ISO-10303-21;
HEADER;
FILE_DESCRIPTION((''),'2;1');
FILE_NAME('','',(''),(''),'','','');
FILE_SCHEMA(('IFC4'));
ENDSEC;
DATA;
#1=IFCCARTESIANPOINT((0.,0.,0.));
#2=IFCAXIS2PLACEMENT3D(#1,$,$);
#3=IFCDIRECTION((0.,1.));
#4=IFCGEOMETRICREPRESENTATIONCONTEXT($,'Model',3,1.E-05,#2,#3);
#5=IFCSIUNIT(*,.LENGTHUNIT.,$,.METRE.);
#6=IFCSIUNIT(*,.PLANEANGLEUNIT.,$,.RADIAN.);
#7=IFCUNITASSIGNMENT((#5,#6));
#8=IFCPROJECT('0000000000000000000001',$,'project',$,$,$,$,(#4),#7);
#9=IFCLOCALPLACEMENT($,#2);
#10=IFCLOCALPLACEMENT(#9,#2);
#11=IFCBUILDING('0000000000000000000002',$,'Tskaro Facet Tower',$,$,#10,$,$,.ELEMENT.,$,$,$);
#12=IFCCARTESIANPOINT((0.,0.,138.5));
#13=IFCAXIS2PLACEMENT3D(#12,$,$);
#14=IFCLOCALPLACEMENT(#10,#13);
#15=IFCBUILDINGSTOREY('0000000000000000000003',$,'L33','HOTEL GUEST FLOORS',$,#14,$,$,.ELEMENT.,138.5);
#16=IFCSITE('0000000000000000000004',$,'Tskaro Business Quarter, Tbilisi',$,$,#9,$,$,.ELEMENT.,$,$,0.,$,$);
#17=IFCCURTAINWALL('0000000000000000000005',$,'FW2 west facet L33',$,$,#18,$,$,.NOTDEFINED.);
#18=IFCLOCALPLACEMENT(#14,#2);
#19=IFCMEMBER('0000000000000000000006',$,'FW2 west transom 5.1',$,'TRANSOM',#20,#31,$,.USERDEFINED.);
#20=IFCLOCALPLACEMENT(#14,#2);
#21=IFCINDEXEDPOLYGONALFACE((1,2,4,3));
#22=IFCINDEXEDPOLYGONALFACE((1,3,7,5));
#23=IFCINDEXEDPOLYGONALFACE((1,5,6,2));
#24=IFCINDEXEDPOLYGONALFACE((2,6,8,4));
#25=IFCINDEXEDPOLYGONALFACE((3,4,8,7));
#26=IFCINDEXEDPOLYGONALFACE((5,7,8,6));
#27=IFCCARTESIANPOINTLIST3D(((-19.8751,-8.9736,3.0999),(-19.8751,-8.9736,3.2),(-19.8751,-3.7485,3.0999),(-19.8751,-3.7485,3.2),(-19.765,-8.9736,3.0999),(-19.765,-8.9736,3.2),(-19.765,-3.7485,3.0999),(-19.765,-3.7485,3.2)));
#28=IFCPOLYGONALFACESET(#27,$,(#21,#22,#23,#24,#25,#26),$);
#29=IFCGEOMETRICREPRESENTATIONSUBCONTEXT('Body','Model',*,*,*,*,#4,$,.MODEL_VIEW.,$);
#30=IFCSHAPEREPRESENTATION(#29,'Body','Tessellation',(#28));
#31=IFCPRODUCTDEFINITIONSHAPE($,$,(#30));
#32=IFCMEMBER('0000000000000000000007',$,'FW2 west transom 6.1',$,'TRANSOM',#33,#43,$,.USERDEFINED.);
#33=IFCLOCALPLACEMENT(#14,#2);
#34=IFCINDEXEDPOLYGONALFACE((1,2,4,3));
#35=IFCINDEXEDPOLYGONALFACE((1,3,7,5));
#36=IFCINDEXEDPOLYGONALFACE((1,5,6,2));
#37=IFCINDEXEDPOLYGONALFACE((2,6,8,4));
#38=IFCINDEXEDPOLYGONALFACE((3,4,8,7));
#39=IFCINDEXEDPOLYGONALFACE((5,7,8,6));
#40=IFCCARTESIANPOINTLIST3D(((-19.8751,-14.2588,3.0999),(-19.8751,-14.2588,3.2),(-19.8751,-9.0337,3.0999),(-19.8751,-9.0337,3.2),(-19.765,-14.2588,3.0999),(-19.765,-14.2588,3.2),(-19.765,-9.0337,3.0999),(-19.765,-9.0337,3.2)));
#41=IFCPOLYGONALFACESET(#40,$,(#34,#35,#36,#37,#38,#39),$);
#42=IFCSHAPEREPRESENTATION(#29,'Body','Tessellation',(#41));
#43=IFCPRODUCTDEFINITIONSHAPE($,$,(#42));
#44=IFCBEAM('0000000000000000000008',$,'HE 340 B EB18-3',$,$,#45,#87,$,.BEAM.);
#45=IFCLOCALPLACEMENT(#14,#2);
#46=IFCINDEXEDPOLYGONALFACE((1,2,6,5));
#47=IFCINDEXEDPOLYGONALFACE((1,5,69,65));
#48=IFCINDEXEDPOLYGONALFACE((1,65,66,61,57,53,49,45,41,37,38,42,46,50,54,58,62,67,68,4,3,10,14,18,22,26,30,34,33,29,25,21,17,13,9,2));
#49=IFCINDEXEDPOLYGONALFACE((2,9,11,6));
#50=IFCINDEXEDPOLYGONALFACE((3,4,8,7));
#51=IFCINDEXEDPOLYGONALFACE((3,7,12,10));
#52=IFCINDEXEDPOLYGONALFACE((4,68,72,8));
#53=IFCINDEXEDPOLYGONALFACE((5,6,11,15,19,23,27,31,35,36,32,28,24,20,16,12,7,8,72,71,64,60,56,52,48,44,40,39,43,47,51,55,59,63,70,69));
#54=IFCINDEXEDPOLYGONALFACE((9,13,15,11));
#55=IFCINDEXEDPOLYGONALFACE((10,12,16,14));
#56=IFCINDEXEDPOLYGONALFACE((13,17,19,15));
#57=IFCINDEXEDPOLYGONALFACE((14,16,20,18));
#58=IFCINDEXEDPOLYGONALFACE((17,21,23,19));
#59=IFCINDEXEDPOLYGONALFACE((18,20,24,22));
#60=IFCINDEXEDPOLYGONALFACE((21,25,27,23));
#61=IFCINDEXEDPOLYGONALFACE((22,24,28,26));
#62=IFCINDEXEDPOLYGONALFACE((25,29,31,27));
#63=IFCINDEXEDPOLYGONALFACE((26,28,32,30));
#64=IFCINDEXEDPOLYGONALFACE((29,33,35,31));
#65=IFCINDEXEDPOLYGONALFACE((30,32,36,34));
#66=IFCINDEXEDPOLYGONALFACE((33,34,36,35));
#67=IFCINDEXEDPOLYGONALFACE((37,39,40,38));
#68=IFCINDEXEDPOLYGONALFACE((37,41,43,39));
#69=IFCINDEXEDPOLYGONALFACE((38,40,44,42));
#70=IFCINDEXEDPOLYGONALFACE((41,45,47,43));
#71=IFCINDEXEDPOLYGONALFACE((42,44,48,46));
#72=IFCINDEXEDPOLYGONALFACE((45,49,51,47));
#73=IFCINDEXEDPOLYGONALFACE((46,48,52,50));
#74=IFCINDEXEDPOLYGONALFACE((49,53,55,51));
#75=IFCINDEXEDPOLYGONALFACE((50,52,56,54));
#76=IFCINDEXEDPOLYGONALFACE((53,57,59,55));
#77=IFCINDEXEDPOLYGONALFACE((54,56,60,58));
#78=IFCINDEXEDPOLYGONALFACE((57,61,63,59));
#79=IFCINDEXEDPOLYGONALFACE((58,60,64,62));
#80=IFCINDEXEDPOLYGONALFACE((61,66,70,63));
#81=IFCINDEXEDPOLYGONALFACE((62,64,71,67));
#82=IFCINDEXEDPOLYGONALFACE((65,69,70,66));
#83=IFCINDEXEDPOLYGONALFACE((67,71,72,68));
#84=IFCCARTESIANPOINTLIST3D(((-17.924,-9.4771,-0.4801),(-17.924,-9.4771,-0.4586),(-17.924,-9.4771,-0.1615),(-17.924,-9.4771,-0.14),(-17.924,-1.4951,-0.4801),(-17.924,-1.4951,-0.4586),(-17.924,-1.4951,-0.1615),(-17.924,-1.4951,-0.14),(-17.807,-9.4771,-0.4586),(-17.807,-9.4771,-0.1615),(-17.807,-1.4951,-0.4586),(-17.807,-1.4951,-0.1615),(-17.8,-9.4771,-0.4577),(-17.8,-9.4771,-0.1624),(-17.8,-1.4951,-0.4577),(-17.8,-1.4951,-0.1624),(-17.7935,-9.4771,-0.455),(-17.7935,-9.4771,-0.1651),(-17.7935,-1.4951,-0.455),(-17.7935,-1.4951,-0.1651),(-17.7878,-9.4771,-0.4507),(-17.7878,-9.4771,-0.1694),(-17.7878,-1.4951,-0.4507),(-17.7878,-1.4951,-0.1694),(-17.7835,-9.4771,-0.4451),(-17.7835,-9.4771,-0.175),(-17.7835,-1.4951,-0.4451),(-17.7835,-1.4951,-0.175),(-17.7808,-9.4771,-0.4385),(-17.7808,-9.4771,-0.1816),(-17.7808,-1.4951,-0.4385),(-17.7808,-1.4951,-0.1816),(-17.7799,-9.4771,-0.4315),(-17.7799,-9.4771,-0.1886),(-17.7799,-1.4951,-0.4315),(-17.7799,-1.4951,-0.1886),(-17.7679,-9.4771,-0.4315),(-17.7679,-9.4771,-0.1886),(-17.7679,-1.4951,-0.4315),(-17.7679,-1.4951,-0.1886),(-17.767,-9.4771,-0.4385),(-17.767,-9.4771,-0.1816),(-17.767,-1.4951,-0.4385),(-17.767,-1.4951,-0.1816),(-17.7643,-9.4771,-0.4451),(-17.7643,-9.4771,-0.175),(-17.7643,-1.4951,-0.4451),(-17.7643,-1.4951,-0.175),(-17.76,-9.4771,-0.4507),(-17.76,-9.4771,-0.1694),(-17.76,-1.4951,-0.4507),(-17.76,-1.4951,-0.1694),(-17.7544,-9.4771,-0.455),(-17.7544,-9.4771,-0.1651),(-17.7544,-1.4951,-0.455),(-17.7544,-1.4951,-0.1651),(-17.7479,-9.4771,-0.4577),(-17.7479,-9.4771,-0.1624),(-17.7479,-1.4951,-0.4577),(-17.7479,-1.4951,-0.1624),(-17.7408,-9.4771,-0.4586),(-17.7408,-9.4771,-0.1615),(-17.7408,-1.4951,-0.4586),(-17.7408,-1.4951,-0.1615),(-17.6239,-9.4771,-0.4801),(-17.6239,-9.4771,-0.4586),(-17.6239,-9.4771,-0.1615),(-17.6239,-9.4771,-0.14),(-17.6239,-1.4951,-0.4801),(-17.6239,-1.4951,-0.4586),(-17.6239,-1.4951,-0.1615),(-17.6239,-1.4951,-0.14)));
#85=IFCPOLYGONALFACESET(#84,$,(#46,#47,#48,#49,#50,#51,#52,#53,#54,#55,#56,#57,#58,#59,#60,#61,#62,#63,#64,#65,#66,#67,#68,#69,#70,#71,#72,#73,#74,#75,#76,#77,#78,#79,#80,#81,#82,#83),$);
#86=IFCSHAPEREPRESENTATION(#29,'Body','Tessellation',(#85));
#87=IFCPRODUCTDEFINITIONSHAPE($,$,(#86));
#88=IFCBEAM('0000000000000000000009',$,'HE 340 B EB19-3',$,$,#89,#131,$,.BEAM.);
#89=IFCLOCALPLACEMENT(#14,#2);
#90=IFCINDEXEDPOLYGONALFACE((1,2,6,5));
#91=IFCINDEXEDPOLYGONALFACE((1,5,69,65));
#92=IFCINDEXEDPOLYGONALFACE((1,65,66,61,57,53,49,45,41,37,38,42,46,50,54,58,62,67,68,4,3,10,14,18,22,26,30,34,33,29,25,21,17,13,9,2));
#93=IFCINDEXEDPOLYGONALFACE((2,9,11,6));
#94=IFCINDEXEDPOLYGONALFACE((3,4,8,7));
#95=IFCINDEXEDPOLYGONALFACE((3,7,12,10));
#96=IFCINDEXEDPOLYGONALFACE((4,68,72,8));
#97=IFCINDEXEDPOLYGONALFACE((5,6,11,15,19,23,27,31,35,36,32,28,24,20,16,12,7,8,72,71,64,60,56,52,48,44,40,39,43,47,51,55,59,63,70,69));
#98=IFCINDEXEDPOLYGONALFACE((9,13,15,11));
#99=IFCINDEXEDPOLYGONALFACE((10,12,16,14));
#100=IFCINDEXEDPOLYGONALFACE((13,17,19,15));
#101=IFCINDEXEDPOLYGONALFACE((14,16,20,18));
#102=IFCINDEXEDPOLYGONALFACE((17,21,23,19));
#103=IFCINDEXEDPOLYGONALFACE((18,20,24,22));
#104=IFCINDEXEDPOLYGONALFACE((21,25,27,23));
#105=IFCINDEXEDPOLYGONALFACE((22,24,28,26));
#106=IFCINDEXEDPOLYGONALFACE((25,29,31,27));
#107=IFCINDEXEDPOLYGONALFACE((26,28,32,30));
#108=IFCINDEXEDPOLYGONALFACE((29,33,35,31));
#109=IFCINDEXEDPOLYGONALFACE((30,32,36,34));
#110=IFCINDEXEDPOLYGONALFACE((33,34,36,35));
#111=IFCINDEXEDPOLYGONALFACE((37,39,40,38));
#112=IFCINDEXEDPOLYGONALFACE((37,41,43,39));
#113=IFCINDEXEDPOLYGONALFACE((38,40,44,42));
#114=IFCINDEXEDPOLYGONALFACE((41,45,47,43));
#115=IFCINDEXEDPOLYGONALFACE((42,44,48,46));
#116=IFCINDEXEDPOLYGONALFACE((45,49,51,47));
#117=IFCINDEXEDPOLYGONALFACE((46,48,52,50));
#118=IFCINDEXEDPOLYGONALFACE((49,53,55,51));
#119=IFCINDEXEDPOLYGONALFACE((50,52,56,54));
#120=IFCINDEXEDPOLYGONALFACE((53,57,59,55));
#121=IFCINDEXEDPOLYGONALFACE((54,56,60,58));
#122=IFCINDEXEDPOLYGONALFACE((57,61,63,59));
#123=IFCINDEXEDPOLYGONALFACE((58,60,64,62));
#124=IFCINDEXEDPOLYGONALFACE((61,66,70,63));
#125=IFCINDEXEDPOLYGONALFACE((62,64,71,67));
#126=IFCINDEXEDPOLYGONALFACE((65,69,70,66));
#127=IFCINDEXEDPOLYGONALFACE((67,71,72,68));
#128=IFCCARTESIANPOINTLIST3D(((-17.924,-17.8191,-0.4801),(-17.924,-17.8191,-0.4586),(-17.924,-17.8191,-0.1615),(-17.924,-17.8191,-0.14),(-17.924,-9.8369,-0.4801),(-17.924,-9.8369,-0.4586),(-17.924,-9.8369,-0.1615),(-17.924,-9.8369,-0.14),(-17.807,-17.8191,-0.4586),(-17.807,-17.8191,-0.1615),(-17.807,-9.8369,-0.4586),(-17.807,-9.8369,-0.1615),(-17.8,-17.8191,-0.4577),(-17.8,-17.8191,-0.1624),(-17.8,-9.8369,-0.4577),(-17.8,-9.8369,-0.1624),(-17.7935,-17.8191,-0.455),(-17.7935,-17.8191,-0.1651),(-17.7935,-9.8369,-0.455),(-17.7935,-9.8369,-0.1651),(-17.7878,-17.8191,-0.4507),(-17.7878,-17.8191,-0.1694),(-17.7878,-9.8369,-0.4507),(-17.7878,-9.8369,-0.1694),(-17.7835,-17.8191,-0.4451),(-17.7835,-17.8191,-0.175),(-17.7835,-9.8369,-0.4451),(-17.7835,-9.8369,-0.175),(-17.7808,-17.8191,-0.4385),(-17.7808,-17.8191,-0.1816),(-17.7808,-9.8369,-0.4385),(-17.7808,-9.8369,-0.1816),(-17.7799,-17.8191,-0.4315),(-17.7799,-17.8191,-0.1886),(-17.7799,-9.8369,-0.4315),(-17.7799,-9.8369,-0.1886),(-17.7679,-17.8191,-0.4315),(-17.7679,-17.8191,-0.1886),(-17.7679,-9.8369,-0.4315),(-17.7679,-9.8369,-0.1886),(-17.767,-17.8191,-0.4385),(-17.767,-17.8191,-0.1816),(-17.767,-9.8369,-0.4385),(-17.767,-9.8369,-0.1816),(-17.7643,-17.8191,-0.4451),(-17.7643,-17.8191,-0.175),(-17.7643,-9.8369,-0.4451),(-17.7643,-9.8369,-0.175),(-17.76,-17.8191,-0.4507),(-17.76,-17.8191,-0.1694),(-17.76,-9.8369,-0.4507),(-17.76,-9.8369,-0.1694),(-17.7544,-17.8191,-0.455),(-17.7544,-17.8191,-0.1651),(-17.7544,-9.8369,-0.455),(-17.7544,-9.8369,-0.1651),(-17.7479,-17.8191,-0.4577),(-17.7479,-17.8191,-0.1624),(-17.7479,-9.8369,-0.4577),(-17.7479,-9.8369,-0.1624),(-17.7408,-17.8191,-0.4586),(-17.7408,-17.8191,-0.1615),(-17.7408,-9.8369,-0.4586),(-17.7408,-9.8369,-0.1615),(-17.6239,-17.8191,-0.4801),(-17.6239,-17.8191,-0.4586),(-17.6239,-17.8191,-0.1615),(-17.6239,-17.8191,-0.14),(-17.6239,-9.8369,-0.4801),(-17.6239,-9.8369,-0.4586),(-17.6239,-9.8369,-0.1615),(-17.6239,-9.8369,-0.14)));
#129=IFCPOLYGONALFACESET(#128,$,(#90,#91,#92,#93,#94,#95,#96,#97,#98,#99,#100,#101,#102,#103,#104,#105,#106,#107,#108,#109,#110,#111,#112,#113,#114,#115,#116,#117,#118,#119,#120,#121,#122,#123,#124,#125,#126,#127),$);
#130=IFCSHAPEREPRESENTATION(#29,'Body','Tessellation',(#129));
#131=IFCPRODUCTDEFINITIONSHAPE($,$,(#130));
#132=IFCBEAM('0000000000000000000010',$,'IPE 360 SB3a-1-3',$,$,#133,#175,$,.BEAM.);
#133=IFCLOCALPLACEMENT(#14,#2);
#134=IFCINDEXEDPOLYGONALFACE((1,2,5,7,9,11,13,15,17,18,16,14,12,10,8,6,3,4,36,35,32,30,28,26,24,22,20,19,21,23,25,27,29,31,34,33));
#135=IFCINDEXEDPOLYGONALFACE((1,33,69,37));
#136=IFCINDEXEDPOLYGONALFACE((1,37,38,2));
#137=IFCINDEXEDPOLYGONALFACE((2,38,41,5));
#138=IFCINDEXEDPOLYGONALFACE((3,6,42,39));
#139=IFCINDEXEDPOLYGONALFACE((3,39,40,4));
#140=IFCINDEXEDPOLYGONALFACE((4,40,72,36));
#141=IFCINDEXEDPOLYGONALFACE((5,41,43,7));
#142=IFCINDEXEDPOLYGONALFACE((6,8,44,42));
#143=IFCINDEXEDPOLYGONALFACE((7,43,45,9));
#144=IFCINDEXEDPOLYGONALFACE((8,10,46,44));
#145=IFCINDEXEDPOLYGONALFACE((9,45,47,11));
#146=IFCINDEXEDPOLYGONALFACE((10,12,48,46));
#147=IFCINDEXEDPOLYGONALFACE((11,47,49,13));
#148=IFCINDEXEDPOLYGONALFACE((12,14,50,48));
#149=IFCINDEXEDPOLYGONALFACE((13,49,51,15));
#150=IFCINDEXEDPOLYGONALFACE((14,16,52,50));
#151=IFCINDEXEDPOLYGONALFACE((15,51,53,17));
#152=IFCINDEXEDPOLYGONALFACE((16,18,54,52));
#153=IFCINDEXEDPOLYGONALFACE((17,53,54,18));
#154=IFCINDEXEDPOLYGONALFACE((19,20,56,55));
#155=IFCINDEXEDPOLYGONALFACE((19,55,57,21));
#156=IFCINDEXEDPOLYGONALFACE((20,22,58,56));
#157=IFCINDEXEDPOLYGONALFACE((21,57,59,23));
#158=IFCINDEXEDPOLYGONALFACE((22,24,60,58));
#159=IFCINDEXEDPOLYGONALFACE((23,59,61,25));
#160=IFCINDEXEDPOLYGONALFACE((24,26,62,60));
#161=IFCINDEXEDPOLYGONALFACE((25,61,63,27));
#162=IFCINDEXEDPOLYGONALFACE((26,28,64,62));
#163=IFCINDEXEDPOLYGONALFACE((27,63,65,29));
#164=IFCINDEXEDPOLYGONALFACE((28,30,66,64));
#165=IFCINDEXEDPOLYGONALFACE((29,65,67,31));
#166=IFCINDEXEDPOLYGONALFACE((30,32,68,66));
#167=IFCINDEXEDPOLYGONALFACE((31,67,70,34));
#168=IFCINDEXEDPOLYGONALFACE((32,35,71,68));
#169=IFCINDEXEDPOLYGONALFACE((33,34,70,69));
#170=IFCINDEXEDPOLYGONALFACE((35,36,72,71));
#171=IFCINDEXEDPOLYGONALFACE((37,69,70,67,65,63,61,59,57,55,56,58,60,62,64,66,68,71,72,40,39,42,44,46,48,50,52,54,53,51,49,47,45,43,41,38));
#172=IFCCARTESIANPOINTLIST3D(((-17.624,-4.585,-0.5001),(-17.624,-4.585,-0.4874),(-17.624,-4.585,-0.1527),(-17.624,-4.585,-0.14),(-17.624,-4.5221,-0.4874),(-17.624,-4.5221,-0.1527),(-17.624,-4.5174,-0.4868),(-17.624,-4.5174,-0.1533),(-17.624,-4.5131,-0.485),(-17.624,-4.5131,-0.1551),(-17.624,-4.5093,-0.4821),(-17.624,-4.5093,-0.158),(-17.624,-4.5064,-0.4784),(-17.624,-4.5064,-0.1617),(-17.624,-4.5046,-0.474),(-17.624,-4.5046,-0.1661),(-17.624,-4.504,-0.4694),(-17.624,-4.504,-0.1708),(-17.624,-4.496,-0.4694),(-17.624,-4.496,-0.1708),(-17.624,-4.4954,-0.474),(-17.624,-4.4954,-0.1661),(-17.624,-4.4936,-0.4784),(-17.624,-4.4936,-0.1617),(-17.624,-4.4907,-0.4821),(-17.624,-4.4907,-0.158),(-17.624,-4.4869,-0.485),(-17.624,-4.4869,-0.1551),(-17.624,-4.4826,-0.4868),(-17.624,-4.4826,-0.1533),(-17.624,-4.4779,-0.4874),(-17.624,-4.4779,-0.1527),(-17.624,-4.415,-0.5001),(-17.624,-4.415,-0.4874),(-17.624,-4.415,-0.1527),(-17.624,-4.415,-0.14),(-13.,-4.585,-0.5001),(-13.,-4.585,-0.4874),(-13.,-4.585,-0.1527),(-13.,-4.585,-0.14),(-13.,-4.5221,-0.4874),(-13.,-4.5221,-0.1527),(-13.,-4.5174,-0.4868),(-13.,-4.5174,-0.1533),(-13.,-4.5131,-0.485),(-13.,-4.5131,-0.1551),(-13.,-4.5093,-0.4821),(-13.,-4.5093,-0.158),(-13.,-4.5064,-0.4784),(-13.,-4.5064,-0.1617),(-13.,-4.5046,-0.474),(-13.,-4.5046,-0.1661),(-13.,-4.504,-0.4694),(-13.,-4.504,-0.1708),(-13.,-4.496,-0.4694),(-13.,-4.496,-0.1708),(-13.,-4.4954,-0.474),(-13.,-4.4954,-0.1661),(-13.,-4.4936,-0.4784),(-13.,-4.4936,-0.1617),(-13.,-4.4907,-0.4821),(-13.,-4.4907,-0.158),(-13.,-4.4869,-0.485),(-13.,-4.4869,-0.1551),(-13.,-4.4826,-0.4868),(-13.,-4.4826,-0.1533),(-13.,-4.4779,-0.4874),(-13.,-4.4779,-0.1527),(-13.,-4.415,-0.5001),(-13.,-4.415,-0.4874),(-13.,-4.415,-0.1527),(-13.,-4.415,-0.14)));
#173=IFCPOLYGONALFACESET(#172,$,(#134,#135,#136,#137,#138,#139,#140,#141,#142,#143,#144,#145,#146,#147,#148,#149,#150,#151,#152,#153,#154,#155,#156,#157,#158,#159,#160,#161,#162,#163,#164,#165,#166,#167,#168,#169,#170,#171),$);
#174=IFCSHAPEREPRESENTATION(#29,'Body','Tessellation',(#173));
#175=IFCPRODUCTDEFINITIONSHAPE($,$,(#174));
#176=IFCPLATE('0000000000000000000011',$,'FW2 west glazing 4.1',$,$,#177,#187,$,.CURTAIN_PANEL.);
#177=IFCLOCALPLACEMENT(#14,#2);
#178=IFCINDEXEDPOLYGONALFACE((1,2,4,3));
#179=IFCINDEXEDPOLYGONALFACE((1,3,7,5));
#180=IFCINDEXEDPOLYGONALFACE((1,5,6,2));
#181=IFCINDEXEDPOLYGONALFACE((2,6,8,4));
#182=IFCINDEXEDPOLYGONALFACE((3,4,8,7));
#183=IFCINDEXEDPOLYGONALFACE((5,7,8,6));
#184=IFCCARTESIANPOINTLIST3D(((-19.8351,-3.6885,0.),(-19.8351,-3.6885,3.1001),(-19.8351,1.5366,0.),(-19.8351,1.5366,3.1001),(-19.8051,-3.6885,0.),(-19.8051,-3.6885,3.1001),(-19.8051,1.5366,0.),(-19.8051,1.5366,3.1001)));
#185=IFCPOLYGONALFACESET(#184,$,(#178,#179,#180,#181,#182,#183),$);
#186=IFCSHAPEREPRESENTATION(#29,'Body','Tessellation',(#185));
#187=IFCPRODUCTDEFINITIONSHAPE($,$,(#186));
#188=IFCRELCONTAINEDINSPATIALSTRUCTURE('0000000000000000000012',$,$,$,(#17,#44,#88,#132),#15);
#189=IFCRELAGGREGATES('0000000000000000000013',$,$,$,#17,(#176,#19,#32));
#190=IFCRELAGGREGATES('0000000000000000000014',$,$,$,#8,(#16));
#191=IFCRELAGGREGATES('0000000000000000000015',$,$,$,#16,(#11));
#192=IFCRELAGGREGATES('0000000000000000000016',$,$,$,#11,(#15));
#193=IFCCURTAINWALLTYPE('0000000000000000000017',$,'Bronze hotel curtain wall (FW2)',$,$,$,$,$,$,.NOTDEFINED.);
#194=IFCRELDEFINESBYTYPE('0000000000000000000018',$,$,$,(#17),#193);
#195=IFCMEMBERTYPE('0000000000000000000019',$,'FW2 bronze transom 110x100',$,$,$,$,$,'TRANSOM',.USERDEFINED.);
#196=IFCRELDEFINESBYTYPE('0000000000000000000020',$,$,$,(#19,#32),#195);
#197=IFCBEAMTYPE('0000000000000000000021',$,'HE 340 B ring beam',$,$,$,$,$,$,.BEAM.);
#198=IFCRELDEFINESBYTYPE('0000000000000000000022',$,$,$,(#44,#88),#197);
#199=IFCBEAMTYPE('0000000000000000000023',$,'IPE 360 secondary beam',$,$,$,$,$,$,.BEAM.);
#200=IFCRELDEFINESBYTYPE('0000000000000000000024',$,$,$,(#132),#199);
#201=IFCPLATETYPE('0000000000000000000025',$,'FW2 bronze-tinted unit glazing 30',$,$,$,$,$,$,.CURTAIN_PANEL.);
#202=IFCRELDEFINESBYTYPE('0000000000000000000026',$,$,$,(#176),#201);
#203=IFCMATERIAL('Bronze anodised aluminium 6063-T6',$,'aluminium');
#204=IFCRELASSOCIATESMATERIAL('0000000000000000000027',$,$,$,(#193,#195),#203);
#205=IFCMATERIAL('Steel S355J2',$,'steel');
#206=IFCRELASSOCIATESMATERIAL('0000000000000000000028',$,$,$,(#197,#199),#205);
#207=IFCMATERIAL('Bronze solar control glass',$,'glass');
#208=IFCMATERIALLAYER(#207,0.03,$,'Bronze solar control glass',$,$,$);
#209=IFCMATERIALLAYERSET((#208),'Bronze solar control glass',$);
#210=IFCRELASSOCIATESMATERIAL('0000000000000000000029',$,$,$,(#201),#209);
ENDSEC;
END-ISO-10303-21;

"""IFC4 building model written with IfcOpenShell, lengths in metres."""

from ifc_helpers import new_model, si_unit, direction, frame, origin, origin_2d, place, context, subcontext, project, spatial, rectangle, i_section, extrude, material, layer, layer_set, material_profile, profile_set, type_object, element, aggregate, save


model = new_model("IFC4")

# Units and contexts
model_context = context("Model", 3, precision=1e-05, world=origin(), true_north=direction((0.0, 1.0)))
body_context = subcontext(model_context, "Body", "Model", "MODEL_VIEW")
ifc_project = project(units=[si_unit("LENGTHUNIT", "METRE"), si_unit("PLANEANGLEUNIT", "RADIAN")], contexts=[model_context])

# Site, building, storey
site_placement = place(None, origin())
site = spatial("IfcSite", under=ifc_project, at=site_placement, Name="Tskaro Business Quarter, Tbilisi", CompositionType="ELEMENT", RefElevation=0.0)
building_placement = place(site_placement, origin())
building = spatial("IfcBuilding", under=site, at=building_placement, Name="Tskaro Facet Tower", CompositionType="ELEMENT")
storey_placement = place(building_placement, frame((0.0, 0.0, 138.5)))
storey = spatial("IfcBuildingStorey", under=building, at=storey_placement, Name="L33", Description="HOTEL GUEST FLOORS", CompositionType="ELEMENT", Elevation=138.5)

# Curtain wall, members
ifc_material_1 = material(Name="Bronze anodised aluminium 6063-T6", Category="aluminium")
curtain_wall_type = type_object("IfcCurtainWallType", Name="Bronze hotel curtain wall (FW2)", PredefinedType="NOTDEFINED", material=ifc_material_1)
curtain_wall_placement = place(storey_placement, origin())
curtain_wall = element("IfcCurtainWall", 1, at=curtain_wall_placement, inside=storey, type_object=curtain_wall_type, Name="FW2 west facet L33", PredefinedType="NOTDEFINED")
ifc_material_profile_1 = material_profile(ifc_material_1, rectangle(XDim=0.1101, YDim=0.1001, at=origin_2d()), Name="Transom 110x100")
ifc_profile_set_1 = profile_set([ifc_material_profile_1], Name="Bronze anodised aluminium 6063-T6")
member_type_1 = type_object("IfcMemberType", Name="FW2 bronze transom 110x100", ElementType="TRANSOM", PredefinedType="USERDEFINED", material=ifc_profile_set_1)
member_1_placement = place(storey_placement, frame((-19.8201, -3.7485, 3.1499), z_axis=(0.0, -1.0, 0.0), x_axis=(1.0, 0.0, 0.0)))
member_1 = element("IfcMember", 2, at=member_1_placement, type_object=member_type_1, Name="FW2 west transom 5.1", ObjectType="TRANSOM", PredefinedType="USERDEFINED", context=body_context, shape_type="SweptSolid", body=[
    extrude(rectangle(XDim=0.1101, YDim=0.1001, at=origin_2d()), origin(), (0.0, 0.0, 1.0), 5.2251),
])
member_2_placement = place(storey_placement, frame((-19.8201, -9.0337, 3.1499), z_axis=(0.0, -1.0, 0.0), x_axis=(1.0, 0.0, 0.0)))
member_2 = element("IfcMember", 3, at=member_2_placement, type_object=member_type_1, Name="FW2 west transom 6.1", ObjectType="TRANSOM", PredefinedType="USERDEFINED", context=body_context, shape_type="SweptSolid", body=[
    extrude(rectangle(XDim=0.1101, YDim=0.1001, at=origin_2d()), origin(), (0.0, 0.0, 1.0), 5.2251),
])

# Beams
ifc_material_2 = material(Name="Steel S355J2", Category="steel")
ifc_material_profile_2 = material_profile(ifc_material_2, i_section(OverallWidth=0.3, OverallDepth=0.3401, WebThickness=0.012, FlangeThickness=0.0215, FilletRadius=0.0271, at=origin_2d()), Name="HE 340 B")
ifc_profile_set_2 = profile_set([ifc_material_profile_2], Name="Steel S355J2")
beam_type_1 = type_object("IfcBeamType", Name="HE 340 B ring beam", PredefinedType="BEAM", material=ifc_profile_set_2)
beam_1_placement = place(storey_placement, frame((-17.7739, -1.4951, -0.3101), z_axis=(0.0, -1.0, 0.0), x_axis=(1.0, 0.0, 0.0)))
element("IfcBeam", 4, at=beam_1_placement, inside=storey, type_object=beam_type_1, Name="HE 340 B EB18-3", PredefinedType="BEAM", context=body_context, shape_type="SweptSolid", body=[
    extrude(i_section(OverallWidth=0.3, OverallDepth=0.3401, WebThickness=0.012, FlangeThickness=0.0215, FilletRadius=0.0271, at=origin_2d()), origin(), (0.0, 0.0, 1.0), 7.9819),
])
beam_2_placement = place(storey_placement, frame((-17.7739, -9.8369, -0.3101), z_axis=(0.0, -1.0, 0.0), x_axis=(1.0, 0.0, 0.0)))
element("IfcBeam", 5, at=beam_2_placement, inside=storey, type_object=beam_type_1, Name="HE 340 B EB19-3", PredefinedType="BEAM", context=body_context, shape_type="SweptSolid", body=[
    extrude(i_section(OverallWidth=0.3, OverallDepth=0.3401, WebThickness=0.012, FlangeThickness=0.0215, FilletRadius=0.0271, at=origin_2d()), origin(), (0.0, 0.0, 1.0), 7.9822),
])
ifc_material_profile_3 = material_profile(ifc_material_2, i_section(OverallWidth=0.1699, OverallDepth=0.3601, WebThickness=0.0081, FlangeThickness=0.0127, FilletRadius=0.0181, at=origin_2d()), Name="IPE 360")
ifc_profile_set_3 = profile_set([ifc_material_profile_3], Name="Steel S355J2")
beam_type_2 = type_object("IfcBeamType", Name="IPE 360 secondary beam", PredefinedType="BEAM", material=ifc_profile_set_3)
beam_3_placement = place(storey_placement, frame((-17.624, -4.5, -0.3201), z_axis=(1.0, 0.0, 0.0), x_axis=(0.0, 1.0, 0.0)))
element("IfcBeam", 6, at=beam_3_placement, inside=storey, type_object=beam_type_2, Name="IPE 360 SB3a-1-3", PredefinedType="BEAM", context=body_context, shape_type="SweptSolid", body=[
    extrude(i_section(OverallWidth=0.1699, OverallDepth=0.3601, WebThickness=0.0081, FlangeThickness=0.0127, FilletRadius=0.0181, at=origin_2d()), origin(), (0.0, 0.0, 1.0), 4.624),
])

# Plate
ifc_material_3 = material(Name="Bronze solar control glass", Category="glass")
ifc_layer_1 = layer(ifc_material_3, 0.03, Name="Bronze solar control glass")
ifc_layer_set_1 = layer_set([ifc_layer_1], Name="Bronze solar control glass")
plate_type = type_object("IfcPlateType", Name="FW2 bronze-tinted unit glazing 30", PredefinedType="CURTAIN_PANEL", material=ifc_layer_set_1)
plate_1_placement = place(storey_placement, frame((-19.8201, -1.0759, 0.0), z_axis=(0.0, 0.0, 1.0), x_axis=(0.0, -1.0, 0.0)))
plate_1 = element("IfcPlate", 7, at=plate_1_placement, type_object=plate_type, Name="FW2 west glazing 4.1", PredefinedType="CURTAIN_PANEL", context=body_context, shape_type="SweptSolid", body=[
    extrude(rectangle(XDim=5.2251, YDim=0.03, at=origin_2d()), origin(), (0.0, 0.0, 1.0), 3.1001),
])
aggregate(curtain_wall, [plate_1, member_1, member_2])

save(model, "model.ifc")
